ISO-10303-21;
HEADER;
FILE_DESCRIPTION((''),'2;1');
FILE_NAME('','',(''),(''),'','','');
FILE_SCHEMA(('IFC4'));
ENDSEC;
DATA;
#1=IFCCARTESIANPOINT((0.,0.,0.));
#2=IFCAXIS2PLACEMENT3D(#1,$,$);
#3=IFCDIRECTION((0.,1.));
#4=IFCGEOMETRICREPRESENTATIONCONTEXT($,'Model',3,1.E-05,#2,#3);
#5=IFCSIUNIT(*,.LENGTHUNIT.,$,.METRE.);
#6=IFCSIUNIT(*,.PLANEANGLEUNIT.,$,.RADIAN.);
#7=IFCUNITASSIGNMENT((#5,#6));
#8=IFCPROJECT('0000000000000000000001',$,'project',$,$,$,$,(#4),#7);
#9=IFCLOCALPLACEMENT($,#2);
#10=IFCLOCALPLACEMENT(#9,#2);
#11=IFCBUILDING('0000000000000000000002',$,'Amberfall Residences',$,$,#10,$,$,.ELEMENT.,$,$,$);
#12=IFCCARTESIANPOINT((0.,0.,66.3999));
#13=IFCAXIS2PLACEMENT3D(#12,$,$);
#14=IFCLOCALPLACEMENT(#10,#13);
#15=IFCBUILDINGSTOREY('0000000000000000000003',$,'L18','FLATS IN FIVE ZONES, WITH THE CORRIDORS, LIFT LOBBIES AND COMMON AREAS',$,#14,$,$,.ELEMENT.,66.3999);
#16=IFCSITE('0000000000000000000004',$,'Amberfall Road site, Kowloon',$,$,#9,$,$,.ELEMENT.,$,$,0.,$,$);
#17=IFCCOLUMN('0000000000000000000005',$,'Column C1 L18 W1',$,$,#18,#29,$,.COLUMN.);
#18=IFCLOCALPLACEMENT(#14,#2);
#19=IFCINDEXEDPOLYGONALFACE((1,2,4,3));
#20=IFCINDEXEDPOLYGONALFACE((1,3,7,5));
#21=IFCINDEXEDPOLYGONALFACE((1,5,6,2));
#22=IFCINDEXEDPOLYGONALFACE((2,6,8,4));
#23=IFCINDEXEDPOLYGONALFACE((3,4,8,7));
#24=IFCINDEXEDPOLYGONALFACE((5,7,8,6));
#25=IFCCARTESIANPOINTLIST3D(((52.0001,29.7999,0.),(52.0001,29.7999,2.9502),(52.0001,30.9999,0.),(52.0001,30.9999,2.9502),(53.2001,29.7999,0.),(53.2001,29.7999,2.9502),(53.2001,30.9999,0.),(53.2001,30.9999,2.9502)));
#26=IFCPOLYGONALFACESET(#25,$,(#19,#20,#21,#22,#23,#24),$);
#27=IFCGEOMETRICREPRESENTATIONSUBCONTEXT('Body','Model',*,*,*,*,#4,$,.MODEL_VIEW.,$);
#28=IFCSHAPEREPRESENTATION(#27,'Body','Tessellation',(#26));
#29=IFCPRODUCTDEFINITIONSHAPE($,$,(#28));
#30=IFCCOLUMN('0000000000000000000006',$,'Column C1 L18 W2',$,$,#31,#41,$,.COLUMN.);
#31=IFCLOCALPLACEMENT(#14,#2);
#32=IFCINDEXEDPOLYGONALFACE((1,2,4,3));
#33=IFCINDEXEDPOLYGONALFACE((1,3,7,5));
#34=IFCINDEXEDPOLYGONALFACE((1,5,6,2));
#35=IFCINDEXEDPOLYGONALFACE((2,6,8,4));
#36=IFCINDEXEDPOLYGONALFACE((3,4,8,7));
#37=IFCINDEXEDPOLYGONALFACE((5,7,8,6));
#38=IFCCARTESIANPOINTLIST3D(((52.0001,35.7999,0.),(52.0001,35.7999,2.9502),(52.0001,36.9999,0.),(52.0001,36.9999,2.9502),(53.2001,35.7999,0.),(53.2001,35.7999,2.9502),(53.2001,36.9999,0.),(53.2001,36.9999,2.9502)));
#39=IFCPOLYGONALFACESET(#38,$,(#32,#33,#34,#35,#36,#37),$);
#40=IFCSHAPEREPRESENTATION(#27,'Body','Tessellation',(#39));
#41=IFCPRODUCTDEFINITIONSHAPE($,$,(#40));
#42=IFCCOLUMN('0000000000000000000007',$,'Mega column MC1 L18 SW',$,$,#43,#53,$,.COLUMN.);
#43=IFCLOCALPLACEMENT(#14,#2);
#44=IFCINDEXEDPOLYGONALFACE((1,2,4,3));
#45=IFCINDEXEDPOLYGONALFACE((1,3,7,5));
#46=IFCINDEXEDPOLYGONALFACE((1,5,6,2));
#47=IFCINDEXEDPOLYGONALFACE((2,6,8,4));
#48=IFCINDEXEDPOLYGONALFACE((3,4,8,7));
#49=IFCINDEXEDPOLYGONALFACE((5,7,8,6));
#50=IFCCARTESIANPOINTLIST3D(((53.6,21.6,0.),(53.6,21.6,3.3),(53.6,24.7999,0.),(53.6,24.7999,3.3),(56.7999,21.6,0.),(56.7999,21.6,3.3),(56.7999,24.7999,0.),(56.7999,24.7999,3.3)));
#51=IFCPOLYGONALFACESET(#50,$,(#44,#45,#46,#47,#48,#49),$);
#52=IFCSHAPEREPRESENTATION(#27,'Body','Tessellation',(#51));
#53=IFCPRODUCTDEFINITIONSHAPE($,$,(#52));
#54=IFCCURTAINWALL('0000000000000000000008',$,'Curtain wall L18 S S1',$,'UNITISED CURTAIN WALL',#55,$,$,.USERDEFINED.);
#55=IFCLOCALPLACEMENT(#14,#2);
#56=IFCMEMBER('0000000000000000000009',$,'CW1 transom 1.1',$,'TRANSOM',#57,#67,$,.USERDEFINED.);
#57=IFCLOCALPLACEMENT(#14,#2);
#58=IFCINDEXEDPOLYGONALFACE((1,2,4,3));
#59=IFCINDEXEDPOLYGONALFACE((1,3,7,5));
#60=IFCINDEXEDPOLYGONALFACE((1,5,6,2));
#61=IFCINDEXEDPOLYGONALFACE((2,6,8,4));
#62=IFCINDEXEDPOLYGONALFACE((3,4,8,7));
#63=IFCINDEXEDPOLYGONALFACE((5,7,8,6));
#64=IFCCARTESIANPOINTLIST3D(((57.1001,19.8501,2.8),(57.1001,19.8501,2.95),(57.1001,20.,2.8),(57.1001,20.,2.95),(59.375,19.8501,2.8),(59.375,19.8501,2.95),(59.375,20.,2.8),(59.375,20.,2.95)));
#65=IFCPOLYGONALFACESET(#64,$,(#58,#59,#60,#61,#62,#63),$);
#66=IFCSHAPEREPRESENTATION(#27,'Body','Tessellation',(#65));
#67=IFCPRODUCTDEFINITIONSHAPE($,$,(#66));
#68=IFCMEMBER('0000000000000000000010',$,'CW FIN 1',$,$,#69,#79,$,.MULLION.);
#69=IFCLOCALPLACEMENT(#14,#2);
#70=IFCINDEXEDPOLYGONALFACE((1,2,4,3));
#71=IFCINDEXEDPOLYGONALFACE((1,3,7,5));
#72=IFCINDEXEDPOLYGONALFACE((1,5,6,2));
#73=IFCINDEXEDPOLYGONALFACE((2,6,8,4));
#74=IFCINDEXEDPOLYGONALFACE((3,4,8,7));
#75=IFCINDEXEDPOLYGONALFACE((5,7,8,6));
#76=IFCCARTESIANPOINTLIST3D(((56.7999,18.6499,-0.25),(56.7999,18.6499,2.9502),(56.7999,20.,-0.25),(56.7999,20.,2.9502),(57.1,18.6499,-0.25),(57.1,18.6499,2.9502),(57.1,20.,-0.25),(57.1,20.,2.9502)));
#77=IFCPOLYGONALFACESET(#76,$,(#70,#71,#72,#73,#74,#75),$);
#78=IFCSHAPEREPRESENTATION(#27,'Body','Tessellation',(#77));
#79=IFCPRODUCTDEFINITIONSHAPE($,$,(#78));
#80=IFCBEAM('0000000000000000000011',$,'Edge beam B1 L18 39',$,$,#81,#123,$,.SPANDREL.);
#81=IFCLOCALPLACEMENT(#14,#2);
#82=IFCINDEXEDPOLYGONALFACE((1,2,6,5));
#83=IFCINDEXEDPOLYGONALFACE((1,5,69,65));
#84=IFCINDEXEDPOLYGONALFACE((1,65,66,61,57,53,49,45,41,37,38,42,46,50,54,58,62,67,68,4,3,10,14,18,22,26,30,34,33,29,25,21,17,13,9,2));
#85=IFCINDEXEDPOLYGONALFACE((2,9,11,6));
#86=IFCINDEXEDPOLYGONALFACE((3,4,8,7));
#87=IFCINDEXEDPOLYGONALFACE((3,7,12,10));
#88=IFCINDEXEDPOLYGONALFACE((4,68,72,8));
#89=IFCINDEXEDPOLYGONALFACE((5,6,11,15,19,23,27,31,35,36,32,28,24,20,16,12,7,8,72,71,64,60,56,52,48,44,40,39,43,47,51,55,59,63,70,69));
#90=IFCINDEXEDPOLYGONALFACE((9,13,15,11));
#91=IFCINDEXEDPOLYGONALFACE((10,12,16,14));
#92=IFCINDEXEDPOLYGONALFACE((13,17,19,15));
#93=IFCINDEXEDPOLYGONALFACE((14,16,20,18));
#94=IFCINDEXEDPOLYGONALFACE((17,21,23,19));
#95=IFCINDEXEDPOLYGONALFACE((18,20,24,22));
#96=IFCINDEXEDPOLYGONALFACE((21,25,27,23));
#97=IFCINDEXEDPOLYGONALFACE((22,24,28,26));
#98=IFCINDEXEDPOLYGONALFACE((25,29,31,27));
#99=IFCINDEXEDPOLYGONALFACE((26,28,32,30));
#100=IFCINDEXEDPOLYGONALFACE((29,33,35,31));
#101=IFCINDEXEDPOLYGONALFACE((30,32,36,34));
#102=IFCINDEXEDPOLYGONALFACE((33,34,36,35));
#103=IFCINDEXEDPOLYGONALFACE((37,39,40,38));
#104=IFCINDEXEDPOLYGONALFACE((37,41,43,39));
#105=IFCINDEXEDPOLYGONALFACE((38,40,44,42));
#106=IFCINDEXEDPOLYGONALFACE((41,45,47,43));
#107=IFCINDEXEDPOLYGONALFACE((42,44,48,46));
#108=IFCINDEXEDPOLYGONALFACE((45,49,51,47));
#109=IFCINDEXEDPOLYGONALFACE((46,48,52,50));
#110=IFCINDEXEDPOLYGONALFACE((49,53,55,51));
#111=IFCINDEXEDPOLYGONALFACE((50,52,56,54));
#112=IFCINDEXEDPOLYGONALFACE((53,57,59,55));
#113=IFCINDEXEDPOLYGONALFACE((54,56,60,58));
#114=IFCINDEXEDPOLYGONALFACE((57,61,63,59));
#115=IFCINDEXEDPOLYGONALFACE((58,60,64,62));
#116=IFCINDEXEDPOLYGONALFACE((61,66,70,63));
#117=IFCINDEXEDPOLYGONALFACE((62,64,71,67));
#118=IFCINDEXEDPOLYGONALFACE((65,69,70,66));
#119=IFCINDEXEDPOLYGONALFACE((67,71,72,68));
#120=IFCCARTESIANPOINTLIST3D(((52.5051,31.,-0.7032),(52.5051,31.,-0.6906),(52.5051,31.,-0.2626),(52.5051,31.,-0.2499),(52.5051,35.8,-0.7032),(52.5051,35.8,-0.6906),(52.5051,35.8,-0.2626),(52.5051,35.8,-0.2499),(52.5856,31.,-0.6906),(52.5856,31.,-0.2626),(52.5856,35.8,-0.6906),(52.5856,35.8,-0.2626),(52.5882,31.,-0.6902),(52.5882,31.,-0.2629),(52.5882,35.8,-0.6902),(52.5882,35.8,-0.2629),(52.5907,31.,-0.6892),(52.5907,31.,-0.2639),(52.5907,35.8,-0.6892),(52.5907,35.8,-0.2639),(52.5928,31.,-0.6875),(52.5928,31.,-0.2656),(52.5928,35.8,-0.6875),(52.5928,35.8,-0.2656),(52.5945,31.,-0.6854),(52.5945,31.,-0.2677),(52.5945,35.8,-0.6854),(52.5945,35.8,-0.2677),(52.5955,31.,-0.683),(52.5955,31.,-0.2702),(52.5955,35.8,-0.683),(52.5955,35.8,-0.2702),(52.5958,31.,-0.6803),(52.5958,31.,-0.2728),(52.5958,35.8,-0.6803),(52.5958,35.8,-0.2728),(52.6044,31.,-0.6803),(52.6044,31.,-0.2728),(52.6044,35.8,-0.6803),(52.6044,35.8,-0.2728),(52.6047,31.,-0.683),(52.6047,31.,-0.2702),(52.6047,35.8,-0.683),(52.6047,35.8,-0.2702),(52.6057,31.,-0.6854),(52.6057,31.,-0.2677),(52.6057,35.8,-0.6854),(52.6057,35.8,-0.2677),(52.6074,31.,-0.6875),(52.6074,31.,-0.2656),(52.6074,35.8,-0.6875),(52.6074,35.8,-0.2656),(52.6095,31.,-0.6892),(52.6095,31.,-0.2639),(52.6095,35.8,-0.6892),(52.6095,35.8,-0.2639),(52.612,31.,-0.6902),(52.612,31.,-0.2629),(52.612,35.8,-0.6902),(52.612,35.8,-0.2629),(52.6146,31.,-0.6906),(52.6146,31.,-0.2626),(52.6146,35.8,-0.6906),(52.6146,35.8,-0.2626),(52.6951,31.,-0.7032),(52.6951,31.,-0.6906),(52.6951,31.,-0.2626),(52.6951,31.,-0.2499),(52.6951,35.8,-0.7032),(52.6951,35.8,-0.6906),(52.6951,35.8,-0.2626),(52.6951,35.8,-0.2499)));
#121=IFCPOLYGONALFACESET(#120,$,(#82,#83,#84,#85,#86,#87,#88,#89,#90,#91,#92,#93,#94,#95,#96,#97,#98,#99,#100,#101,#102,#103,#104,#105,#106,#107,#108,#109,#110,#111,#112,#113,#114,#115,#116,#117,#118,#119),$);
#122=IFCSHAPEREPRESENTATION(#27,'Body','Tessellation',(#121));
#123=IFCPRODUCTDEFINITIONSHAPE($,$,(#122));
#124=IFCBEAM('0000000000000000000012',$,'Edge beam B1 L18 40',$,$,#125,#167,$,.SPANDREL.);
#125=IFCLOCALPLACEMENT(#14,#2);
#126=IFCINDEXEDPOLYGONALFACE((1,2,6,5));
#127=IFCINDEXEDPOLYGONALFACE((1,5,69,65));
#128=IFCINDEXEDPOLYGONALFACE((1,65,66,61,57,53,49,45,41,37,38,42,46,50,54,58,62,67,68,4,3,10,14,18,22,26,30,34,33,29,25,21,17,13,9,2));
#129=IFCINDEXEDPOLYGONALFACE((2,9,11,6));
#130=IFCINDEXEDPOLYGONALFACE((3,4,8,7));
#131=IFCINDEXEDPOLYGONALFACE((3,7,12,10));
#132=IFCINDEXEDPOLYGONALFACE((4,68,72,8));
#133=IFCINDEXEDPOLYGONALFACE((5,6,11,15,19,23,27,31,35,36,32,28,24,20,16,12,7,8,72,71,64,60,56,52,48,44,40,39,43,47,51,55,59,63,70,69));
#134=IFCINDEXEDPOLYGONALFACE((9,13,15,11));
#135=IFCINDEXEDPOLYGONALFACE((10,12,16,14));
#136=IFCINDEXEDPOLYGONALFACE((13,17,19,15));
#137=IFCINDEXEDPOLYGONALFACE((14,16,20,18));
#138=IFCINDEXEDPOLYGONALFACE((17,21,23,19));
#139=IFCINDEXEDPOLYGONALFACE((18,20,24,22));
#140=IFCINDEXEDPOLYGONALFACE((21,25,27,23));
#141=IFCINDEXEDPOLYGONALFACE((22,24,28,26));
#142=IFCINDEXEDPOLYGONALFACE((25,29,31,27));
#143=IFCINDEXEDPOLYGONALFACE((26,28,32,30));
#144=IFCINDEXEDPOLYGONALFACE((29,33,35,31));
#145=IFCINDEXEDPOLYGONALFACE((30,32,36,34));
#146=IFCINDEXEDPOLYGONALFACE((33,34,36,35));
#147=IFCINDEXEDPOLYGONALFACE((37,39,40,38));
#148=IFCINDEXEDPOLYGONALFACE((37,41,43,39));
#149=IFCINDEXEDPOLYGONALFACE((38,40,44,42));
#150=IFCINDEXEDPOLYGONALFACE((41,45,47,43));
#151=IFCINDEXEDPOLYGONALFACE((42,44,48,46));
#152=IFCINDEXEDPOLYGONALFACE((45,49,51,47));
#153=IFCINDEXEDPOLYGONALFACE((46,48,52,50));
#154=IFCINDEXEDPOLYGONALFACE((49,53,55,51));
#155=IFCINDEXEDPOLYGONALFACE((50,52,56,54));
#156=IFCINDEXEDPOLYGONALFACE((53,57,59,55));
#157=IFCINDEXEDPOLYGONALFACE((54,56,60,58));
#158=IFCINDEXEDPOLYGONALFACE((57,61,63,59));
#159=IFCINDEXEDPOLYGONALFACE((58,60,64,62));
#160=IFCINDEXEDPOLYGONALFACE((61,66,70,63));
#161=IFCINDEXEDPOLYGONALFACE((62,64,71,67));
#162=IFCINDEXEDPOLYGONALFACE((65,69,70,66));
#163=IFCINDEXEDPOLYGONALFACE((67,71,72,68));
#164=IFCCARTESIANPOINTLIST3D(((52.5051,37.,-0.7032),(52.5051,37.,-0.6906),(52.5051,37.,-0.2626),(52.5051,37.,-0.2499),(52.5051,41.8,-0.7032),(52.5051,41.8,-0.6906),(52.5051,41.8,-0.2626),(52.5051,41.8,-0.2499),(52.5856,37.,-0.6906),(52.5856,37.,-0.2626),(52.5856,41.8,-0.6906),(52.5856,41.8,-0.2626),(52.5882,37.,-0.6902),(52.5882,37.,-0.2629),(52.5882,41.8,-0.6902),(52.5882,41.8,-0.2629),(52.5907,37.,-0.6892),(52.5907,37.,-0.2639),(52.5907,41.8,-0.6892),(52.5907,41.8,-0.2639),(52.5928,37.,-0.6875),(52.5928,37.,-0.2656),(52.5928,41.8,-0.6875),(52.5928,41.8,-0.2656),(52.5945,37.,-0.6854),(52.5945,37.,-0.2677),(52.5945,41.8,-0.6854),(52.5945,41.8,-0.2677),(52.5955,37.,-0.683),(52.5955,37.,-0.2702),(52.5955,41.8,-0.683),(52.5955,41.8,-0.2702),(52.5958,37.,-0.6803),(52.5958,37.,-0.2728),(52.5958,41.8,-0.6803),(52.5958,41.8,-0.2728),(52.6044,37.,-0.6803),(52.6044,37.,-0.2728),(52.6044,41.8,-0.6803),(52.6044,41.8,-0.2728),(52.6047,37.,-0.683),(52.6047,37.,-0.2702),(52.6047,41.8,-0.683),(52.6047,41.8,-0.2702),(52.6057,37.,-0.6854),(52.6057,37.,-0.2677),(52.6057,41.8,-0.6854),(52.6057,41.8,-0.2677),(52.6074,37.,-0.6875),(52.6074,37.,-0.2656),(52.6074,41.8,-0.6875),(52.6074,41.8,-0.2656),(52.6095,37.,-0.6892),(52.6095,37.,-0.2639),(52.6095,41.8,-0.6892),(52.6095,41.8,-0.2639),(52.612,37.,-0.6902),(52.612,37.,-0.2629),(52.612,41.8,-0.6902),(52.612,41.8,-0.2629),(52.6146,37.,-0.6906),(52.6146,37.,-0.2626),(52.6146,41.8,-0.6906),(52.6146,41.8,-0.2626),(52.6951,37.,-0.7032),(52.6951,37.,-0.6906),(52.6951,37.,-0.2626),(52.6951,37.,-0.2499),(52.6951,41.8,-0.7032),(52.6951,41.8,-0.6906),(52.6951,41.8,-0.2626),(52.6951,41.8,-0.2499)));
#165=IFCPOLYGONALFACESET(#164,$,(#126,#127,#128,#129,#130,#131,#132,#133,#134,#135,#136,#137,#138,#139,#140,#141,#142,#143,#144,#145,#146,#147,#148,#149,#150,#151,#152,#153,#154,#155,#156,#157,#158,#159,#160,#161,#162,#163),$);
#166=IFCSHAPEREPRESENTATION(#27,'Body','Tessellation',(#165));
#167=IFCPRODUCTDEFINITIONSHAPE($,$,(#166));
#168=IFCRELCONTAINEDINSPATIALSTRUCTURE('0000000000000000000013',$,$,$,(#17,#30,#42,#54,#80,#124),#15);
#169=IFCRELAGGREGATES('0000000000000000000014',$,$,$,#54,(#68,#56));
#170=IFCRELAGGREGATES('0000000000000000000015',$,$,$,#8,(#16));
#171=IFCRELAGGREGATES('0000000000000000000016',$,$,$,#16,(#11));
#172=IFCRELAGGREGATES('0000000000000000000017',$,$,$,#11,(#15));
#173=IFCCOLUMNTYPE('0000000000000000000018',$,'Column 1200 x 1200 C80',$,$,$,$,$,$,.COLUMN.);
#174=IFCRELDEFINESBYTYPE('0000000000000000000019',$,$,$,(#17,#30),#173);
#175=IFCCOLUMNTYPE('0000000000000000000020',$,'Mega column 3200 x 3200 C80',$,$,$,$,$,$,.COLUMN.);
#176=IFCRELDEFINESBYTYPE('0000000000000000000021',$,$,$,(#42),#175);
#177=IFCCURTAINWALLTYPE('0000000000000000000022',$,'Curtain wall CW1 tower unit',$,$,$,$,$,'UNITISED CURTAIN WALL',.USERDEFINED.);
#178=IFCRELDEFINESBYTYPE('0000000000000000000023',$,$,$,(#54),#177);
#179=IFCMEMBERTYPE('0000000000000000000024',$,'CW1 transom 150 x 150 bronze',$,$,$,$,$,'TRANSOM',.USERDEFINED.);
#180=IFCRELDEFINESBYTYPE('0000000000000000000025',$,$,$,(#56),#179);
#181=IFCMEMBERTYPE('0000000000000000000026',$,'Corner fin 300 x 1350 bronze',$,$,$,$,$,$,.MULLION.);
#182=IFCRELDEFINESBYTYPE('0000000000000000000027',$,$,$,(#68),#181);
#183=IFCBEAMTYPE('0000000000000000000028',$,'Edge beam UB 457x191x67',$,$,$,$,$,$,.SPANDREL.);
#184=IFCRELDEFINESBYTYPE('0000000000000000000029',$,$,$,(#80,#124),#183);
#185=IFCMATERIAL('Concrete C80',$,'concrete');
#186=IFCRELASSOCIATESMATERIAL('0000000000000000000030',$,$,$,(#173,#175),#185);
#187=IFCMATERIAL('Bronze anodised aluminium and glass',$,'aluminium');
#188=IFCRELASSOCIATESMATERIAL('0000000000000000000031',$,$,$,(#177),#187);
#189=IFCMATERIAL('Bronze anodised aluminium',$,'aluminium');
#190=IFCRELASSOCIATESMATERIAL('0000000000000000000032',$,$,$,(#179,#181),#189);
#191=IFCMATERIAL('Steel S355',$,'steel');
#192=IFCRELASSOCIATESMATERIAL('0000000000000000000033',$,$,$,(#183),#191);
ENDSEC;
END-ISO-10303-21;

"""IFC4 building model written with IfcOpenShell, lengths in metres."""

from ifc_helpers import new_model, si_unit, direction, frame, origin, origin_2d, place, context, subcontext, project, spatial, rectangle, i_section, extrude, material, material_profile, profile_set, type_object, element, aggregate, save


model = new_model("IFC4")

# Units and contexts
model_context = context("Model", 3, precision=1e-05, world=origin(), true_north=direction((0.0, 1.0)))
body_context = subcontext(model_context, "Body", "Model", "MODEL_VIEW")
ifc_project = project(units=[si_unit("LENGTHUNIT", "METRE"), si_unit("PLANEANGLEUNIT", "RADIAN")], contexts=[model_context])

# Site, building, storey
site_placement = place(None, origin())
site = spatial("IfcSite", under=ifc_project, at=site_placement, Name="Amberfall Road site, Kowloon", CompositionType="ELEMENT", RefElevation=0.0)
building_placement = place(site_placement, origin())
building = spatial("IfcBuilding", under=site, at=building_placement, Name="Amberfall Residences", CompositionType="ELEMENT")
storey_placement = place(building_placement, frame((0.0, 0.0, 66.3999)))
storey = spatial("IfcBuildingStorey", under=building, at=storey_placement, Name="L18", Description="FLATS IN FIVE ZONES, WITH THE CORRIDORS, LIFT LOBBIES AND COMMON AREAS", CompositionType="ELEMENT", Elevation=66.3999)

# Columns
ifc_material_1 = material(Name="Concrete C80", Category="concrete")
ifc_material_profile_1 = material_profile(ifc_material_1, rectangle(XDim=1.2, YDim=1.2, at=origin_2d()), Name="Column 1200 x 1200 C80")
ifc_profile_set_1 = profile_set([ifc_material_profile_1], Name="Concrete C80")
column_type_1 = type_object("IfcColumnType", Name="Column 1200 x 1200 C80", PredefinedType="COLUMN", material=ifc_profile_set_1)
for number, where, z_axis, x_axis, name in (
    (1, (52.6001, 30.3999, 0.0), (0.0, 0.0, 1.0), (1.0, 0.0, 0.0), "Column C1 L18 W1"),
    (2, (52.6001, 36.3999, 0.0), (0.0, 0.0, 1.0), (1.0, 0.0, 0.0), "Column C1 L18 W2"),
):
    element("IfcColumn", number, at=place(storey_placement, frame(where, z_axis=z_axis, x_axis=x_axis)), inside=storey, type_object=column_type_1, Name=name, PredefinedType="COLUMN", context=body_context, shape_type="SweptSolid", body=[
        extrude(rectangle(XDim=1.2, YDim=1.2, at=origin_2d()), origin(), (0.0, 0.0, 1.0), 2.9502),
    ])
ifc_material_profile_2 = material_profile(ifc_material_1, rectangle(XDim=3.2, YDim=3.2, at=origin_2d()), Name="Mega column 3200 x 3200 C80")
ifc_profile_set_2 = profile_set([ifc_material_profile_2], Name="Concrete C80")
column_type_2 = type_object("IfcColumnType", Name="Mega column 3200 x 3200 C80", PredefinedType="COLUMN", material=ifc_profile_set_2)
column_placement = place(storey_placement, frame((55.2, 23.2, 0.0), z_axis=(0.0, 0.0, 1.0), x_axis=(1.0, 0.0, 0.0)))
element("IfcColumn", 3, at=column_placement, inside=storey, type_object=column_type_2, Name="Mega column MC1 L18 SW", PredefinedType="COLUMN", context=body_context, shape_type="SweptSolid", body=[
    extrude(rectangle(XDim=3.2, YDim=3.2, at=origin_2d()), origin(), (0.0, 0.0, 1.0), 3.3),
])

# Curtain wall, members
ifc_material_2 = material(Name="Bronze anodised aluminium and glass", Category="aluminium")
curtain_wall_type = type_object("IfcCurtainWallType", Name="Curtain wall CW1 tower unit", ElementType="UNITISED CURTAIN WALL", PredefinedType="USERDEFINED", material=ifc_material_2)
curtain_wall_placement = place(storey_placement, origin())
curtain_wall = element("IfcCurtainWall", 4, at=curtain_wall_placement, inside=storey, type_object=curtain_wall_type, Name="Curtain wall L18 S S1", ObjectType="UNITISED CURTAIN WALL", PredefinedType="USERDEFINED")
ifc_material_3 = material(Name="Bronze anodised aluminium", Category="aluminium")
ifc_material_profile_3 = material_profile(ifc_material_3, rectangle(XDim=0.1499, YDim=0.1499, at=origin_2d()), Name="CW1 transom 150 x 150 bronze")
ifc_profile_set_3 = profile_set([ifc_material_profile_3], Name="Bronze anodised aluminium")
member_type_1 = type_object("IfcMemberType", Name="CW1 transom 150 x 150 bronze", ElementType="TRANSOM", PredefinedType="USERDEFINED", material=ifc_profile_set_3)
member_1_placement = place(storey_placement, frame((57.1001, 19.925, 2.875), z_axis=(1.0, 0.0, 0.0), x_axis=(0.0, 1.0, 0.0)))
member_1 = element("IfcMember", 5, at=member_1_placement, type_object=member_type_1, Name="CW1 transom 1.1", ObjectType="TRANSOM", PredefinedType="USERDEFINED", context=body_context, shape_type="SweptSolid", body=[
    extrude(rectangle(XDim=0.1499, YDim=0.1499, at=origin_2d()), origin(), (0.0, 0.0, 1.0), 2.2749),
])
ifc_material_profile_4 = material_profile(ifc_material_3, rectangle(XDim=1.3501, YDim=0.3, at=origin_2d()), Name="Corner fin 300 x 1350 bronze")
ifc_profile_set_4 = profile_set([ifc_material_profile_4], Name="Bronze anodised aluminium")
member_type_2 = type_object("IfcMemberType", Name="Corner fin 300 x 1350 bronze", PredefinedType="MULLION", material=ifc_profile_set_4)
member_2_placement = place(storey_placement, frame((56.95, 19.325, -0.25), z_axis=(0.0, 0.0, 1.0), x_axis=(0.0, 1.0, 0.0)))
member_2 = element("IfcMember", 6, at=member_2_placement, type_object=member_type_2, Name="CW FIN 1", PredefinedType="MULLION", context=body_context, shape_type="SweptSolid", body=[
    extrude(rectangle(XDim=1.3501, YDim=0.3, at=origin_2d()), origin(), (0.0, 0.0, 1.0), 3.2002),
])

# Beams
ifc_material_4 = material(Name="Steel S355", Category="steel")
ifc_material_profile_5 = material_profile(ifc_material_4, i_section(OverallWidth=0.1899, OverallDepth=0.4534, WebThickness=0.0085, FlangeThickness=0.0127, FilletRadius=0.0103, at=origin_2d()), Name="UB 457x191x67")
ifc_profile_set_5 = profile_set([ifc_material_profile_5], Name="Steel S355")
beam_type_1 = type_object("IfcBeamType", Name="Edge beam UB 457x191x67", PredefinedType="SPANDREL", material=ifc_profile_set_5)
for number, where, z_axis, x_axis, name in (
    (7, (52.6001, 31.0, -0.4766), (0.0, 1.0, 0.0), (-1.0, 0.0, 0.0), "Edge beam B1 L18 39"),
    (8, (52.6001, 37.0, -0.4766), (0.0, 1.0, 0.0), (-1.0, 0.0, 0.0), "Edge beam B1 L18 40"),
):
    element("IfcBeam", number, at=place(storey_placement, frame(where, z_axis=z_axis, x_axis=x_axis)), inside=storey, type_object=beam_type_1, Name=name, PredefinedType="SPANDREL", context=body_context, shape_type="SweptSolid", body=[
        extrude(i_section(OverallWidth=0.1899, OverallDepth=0.4534, WebThickness=0.0085, FlangeThickness=0.0127, FilletRadius=0.0103, at=origin_2d()), origin(), (0.0, 0.0, 1.0), 4.8),
    ])

aggregate(curtain_wall, [member_2, member_1])

save(model, "model.ifc")
